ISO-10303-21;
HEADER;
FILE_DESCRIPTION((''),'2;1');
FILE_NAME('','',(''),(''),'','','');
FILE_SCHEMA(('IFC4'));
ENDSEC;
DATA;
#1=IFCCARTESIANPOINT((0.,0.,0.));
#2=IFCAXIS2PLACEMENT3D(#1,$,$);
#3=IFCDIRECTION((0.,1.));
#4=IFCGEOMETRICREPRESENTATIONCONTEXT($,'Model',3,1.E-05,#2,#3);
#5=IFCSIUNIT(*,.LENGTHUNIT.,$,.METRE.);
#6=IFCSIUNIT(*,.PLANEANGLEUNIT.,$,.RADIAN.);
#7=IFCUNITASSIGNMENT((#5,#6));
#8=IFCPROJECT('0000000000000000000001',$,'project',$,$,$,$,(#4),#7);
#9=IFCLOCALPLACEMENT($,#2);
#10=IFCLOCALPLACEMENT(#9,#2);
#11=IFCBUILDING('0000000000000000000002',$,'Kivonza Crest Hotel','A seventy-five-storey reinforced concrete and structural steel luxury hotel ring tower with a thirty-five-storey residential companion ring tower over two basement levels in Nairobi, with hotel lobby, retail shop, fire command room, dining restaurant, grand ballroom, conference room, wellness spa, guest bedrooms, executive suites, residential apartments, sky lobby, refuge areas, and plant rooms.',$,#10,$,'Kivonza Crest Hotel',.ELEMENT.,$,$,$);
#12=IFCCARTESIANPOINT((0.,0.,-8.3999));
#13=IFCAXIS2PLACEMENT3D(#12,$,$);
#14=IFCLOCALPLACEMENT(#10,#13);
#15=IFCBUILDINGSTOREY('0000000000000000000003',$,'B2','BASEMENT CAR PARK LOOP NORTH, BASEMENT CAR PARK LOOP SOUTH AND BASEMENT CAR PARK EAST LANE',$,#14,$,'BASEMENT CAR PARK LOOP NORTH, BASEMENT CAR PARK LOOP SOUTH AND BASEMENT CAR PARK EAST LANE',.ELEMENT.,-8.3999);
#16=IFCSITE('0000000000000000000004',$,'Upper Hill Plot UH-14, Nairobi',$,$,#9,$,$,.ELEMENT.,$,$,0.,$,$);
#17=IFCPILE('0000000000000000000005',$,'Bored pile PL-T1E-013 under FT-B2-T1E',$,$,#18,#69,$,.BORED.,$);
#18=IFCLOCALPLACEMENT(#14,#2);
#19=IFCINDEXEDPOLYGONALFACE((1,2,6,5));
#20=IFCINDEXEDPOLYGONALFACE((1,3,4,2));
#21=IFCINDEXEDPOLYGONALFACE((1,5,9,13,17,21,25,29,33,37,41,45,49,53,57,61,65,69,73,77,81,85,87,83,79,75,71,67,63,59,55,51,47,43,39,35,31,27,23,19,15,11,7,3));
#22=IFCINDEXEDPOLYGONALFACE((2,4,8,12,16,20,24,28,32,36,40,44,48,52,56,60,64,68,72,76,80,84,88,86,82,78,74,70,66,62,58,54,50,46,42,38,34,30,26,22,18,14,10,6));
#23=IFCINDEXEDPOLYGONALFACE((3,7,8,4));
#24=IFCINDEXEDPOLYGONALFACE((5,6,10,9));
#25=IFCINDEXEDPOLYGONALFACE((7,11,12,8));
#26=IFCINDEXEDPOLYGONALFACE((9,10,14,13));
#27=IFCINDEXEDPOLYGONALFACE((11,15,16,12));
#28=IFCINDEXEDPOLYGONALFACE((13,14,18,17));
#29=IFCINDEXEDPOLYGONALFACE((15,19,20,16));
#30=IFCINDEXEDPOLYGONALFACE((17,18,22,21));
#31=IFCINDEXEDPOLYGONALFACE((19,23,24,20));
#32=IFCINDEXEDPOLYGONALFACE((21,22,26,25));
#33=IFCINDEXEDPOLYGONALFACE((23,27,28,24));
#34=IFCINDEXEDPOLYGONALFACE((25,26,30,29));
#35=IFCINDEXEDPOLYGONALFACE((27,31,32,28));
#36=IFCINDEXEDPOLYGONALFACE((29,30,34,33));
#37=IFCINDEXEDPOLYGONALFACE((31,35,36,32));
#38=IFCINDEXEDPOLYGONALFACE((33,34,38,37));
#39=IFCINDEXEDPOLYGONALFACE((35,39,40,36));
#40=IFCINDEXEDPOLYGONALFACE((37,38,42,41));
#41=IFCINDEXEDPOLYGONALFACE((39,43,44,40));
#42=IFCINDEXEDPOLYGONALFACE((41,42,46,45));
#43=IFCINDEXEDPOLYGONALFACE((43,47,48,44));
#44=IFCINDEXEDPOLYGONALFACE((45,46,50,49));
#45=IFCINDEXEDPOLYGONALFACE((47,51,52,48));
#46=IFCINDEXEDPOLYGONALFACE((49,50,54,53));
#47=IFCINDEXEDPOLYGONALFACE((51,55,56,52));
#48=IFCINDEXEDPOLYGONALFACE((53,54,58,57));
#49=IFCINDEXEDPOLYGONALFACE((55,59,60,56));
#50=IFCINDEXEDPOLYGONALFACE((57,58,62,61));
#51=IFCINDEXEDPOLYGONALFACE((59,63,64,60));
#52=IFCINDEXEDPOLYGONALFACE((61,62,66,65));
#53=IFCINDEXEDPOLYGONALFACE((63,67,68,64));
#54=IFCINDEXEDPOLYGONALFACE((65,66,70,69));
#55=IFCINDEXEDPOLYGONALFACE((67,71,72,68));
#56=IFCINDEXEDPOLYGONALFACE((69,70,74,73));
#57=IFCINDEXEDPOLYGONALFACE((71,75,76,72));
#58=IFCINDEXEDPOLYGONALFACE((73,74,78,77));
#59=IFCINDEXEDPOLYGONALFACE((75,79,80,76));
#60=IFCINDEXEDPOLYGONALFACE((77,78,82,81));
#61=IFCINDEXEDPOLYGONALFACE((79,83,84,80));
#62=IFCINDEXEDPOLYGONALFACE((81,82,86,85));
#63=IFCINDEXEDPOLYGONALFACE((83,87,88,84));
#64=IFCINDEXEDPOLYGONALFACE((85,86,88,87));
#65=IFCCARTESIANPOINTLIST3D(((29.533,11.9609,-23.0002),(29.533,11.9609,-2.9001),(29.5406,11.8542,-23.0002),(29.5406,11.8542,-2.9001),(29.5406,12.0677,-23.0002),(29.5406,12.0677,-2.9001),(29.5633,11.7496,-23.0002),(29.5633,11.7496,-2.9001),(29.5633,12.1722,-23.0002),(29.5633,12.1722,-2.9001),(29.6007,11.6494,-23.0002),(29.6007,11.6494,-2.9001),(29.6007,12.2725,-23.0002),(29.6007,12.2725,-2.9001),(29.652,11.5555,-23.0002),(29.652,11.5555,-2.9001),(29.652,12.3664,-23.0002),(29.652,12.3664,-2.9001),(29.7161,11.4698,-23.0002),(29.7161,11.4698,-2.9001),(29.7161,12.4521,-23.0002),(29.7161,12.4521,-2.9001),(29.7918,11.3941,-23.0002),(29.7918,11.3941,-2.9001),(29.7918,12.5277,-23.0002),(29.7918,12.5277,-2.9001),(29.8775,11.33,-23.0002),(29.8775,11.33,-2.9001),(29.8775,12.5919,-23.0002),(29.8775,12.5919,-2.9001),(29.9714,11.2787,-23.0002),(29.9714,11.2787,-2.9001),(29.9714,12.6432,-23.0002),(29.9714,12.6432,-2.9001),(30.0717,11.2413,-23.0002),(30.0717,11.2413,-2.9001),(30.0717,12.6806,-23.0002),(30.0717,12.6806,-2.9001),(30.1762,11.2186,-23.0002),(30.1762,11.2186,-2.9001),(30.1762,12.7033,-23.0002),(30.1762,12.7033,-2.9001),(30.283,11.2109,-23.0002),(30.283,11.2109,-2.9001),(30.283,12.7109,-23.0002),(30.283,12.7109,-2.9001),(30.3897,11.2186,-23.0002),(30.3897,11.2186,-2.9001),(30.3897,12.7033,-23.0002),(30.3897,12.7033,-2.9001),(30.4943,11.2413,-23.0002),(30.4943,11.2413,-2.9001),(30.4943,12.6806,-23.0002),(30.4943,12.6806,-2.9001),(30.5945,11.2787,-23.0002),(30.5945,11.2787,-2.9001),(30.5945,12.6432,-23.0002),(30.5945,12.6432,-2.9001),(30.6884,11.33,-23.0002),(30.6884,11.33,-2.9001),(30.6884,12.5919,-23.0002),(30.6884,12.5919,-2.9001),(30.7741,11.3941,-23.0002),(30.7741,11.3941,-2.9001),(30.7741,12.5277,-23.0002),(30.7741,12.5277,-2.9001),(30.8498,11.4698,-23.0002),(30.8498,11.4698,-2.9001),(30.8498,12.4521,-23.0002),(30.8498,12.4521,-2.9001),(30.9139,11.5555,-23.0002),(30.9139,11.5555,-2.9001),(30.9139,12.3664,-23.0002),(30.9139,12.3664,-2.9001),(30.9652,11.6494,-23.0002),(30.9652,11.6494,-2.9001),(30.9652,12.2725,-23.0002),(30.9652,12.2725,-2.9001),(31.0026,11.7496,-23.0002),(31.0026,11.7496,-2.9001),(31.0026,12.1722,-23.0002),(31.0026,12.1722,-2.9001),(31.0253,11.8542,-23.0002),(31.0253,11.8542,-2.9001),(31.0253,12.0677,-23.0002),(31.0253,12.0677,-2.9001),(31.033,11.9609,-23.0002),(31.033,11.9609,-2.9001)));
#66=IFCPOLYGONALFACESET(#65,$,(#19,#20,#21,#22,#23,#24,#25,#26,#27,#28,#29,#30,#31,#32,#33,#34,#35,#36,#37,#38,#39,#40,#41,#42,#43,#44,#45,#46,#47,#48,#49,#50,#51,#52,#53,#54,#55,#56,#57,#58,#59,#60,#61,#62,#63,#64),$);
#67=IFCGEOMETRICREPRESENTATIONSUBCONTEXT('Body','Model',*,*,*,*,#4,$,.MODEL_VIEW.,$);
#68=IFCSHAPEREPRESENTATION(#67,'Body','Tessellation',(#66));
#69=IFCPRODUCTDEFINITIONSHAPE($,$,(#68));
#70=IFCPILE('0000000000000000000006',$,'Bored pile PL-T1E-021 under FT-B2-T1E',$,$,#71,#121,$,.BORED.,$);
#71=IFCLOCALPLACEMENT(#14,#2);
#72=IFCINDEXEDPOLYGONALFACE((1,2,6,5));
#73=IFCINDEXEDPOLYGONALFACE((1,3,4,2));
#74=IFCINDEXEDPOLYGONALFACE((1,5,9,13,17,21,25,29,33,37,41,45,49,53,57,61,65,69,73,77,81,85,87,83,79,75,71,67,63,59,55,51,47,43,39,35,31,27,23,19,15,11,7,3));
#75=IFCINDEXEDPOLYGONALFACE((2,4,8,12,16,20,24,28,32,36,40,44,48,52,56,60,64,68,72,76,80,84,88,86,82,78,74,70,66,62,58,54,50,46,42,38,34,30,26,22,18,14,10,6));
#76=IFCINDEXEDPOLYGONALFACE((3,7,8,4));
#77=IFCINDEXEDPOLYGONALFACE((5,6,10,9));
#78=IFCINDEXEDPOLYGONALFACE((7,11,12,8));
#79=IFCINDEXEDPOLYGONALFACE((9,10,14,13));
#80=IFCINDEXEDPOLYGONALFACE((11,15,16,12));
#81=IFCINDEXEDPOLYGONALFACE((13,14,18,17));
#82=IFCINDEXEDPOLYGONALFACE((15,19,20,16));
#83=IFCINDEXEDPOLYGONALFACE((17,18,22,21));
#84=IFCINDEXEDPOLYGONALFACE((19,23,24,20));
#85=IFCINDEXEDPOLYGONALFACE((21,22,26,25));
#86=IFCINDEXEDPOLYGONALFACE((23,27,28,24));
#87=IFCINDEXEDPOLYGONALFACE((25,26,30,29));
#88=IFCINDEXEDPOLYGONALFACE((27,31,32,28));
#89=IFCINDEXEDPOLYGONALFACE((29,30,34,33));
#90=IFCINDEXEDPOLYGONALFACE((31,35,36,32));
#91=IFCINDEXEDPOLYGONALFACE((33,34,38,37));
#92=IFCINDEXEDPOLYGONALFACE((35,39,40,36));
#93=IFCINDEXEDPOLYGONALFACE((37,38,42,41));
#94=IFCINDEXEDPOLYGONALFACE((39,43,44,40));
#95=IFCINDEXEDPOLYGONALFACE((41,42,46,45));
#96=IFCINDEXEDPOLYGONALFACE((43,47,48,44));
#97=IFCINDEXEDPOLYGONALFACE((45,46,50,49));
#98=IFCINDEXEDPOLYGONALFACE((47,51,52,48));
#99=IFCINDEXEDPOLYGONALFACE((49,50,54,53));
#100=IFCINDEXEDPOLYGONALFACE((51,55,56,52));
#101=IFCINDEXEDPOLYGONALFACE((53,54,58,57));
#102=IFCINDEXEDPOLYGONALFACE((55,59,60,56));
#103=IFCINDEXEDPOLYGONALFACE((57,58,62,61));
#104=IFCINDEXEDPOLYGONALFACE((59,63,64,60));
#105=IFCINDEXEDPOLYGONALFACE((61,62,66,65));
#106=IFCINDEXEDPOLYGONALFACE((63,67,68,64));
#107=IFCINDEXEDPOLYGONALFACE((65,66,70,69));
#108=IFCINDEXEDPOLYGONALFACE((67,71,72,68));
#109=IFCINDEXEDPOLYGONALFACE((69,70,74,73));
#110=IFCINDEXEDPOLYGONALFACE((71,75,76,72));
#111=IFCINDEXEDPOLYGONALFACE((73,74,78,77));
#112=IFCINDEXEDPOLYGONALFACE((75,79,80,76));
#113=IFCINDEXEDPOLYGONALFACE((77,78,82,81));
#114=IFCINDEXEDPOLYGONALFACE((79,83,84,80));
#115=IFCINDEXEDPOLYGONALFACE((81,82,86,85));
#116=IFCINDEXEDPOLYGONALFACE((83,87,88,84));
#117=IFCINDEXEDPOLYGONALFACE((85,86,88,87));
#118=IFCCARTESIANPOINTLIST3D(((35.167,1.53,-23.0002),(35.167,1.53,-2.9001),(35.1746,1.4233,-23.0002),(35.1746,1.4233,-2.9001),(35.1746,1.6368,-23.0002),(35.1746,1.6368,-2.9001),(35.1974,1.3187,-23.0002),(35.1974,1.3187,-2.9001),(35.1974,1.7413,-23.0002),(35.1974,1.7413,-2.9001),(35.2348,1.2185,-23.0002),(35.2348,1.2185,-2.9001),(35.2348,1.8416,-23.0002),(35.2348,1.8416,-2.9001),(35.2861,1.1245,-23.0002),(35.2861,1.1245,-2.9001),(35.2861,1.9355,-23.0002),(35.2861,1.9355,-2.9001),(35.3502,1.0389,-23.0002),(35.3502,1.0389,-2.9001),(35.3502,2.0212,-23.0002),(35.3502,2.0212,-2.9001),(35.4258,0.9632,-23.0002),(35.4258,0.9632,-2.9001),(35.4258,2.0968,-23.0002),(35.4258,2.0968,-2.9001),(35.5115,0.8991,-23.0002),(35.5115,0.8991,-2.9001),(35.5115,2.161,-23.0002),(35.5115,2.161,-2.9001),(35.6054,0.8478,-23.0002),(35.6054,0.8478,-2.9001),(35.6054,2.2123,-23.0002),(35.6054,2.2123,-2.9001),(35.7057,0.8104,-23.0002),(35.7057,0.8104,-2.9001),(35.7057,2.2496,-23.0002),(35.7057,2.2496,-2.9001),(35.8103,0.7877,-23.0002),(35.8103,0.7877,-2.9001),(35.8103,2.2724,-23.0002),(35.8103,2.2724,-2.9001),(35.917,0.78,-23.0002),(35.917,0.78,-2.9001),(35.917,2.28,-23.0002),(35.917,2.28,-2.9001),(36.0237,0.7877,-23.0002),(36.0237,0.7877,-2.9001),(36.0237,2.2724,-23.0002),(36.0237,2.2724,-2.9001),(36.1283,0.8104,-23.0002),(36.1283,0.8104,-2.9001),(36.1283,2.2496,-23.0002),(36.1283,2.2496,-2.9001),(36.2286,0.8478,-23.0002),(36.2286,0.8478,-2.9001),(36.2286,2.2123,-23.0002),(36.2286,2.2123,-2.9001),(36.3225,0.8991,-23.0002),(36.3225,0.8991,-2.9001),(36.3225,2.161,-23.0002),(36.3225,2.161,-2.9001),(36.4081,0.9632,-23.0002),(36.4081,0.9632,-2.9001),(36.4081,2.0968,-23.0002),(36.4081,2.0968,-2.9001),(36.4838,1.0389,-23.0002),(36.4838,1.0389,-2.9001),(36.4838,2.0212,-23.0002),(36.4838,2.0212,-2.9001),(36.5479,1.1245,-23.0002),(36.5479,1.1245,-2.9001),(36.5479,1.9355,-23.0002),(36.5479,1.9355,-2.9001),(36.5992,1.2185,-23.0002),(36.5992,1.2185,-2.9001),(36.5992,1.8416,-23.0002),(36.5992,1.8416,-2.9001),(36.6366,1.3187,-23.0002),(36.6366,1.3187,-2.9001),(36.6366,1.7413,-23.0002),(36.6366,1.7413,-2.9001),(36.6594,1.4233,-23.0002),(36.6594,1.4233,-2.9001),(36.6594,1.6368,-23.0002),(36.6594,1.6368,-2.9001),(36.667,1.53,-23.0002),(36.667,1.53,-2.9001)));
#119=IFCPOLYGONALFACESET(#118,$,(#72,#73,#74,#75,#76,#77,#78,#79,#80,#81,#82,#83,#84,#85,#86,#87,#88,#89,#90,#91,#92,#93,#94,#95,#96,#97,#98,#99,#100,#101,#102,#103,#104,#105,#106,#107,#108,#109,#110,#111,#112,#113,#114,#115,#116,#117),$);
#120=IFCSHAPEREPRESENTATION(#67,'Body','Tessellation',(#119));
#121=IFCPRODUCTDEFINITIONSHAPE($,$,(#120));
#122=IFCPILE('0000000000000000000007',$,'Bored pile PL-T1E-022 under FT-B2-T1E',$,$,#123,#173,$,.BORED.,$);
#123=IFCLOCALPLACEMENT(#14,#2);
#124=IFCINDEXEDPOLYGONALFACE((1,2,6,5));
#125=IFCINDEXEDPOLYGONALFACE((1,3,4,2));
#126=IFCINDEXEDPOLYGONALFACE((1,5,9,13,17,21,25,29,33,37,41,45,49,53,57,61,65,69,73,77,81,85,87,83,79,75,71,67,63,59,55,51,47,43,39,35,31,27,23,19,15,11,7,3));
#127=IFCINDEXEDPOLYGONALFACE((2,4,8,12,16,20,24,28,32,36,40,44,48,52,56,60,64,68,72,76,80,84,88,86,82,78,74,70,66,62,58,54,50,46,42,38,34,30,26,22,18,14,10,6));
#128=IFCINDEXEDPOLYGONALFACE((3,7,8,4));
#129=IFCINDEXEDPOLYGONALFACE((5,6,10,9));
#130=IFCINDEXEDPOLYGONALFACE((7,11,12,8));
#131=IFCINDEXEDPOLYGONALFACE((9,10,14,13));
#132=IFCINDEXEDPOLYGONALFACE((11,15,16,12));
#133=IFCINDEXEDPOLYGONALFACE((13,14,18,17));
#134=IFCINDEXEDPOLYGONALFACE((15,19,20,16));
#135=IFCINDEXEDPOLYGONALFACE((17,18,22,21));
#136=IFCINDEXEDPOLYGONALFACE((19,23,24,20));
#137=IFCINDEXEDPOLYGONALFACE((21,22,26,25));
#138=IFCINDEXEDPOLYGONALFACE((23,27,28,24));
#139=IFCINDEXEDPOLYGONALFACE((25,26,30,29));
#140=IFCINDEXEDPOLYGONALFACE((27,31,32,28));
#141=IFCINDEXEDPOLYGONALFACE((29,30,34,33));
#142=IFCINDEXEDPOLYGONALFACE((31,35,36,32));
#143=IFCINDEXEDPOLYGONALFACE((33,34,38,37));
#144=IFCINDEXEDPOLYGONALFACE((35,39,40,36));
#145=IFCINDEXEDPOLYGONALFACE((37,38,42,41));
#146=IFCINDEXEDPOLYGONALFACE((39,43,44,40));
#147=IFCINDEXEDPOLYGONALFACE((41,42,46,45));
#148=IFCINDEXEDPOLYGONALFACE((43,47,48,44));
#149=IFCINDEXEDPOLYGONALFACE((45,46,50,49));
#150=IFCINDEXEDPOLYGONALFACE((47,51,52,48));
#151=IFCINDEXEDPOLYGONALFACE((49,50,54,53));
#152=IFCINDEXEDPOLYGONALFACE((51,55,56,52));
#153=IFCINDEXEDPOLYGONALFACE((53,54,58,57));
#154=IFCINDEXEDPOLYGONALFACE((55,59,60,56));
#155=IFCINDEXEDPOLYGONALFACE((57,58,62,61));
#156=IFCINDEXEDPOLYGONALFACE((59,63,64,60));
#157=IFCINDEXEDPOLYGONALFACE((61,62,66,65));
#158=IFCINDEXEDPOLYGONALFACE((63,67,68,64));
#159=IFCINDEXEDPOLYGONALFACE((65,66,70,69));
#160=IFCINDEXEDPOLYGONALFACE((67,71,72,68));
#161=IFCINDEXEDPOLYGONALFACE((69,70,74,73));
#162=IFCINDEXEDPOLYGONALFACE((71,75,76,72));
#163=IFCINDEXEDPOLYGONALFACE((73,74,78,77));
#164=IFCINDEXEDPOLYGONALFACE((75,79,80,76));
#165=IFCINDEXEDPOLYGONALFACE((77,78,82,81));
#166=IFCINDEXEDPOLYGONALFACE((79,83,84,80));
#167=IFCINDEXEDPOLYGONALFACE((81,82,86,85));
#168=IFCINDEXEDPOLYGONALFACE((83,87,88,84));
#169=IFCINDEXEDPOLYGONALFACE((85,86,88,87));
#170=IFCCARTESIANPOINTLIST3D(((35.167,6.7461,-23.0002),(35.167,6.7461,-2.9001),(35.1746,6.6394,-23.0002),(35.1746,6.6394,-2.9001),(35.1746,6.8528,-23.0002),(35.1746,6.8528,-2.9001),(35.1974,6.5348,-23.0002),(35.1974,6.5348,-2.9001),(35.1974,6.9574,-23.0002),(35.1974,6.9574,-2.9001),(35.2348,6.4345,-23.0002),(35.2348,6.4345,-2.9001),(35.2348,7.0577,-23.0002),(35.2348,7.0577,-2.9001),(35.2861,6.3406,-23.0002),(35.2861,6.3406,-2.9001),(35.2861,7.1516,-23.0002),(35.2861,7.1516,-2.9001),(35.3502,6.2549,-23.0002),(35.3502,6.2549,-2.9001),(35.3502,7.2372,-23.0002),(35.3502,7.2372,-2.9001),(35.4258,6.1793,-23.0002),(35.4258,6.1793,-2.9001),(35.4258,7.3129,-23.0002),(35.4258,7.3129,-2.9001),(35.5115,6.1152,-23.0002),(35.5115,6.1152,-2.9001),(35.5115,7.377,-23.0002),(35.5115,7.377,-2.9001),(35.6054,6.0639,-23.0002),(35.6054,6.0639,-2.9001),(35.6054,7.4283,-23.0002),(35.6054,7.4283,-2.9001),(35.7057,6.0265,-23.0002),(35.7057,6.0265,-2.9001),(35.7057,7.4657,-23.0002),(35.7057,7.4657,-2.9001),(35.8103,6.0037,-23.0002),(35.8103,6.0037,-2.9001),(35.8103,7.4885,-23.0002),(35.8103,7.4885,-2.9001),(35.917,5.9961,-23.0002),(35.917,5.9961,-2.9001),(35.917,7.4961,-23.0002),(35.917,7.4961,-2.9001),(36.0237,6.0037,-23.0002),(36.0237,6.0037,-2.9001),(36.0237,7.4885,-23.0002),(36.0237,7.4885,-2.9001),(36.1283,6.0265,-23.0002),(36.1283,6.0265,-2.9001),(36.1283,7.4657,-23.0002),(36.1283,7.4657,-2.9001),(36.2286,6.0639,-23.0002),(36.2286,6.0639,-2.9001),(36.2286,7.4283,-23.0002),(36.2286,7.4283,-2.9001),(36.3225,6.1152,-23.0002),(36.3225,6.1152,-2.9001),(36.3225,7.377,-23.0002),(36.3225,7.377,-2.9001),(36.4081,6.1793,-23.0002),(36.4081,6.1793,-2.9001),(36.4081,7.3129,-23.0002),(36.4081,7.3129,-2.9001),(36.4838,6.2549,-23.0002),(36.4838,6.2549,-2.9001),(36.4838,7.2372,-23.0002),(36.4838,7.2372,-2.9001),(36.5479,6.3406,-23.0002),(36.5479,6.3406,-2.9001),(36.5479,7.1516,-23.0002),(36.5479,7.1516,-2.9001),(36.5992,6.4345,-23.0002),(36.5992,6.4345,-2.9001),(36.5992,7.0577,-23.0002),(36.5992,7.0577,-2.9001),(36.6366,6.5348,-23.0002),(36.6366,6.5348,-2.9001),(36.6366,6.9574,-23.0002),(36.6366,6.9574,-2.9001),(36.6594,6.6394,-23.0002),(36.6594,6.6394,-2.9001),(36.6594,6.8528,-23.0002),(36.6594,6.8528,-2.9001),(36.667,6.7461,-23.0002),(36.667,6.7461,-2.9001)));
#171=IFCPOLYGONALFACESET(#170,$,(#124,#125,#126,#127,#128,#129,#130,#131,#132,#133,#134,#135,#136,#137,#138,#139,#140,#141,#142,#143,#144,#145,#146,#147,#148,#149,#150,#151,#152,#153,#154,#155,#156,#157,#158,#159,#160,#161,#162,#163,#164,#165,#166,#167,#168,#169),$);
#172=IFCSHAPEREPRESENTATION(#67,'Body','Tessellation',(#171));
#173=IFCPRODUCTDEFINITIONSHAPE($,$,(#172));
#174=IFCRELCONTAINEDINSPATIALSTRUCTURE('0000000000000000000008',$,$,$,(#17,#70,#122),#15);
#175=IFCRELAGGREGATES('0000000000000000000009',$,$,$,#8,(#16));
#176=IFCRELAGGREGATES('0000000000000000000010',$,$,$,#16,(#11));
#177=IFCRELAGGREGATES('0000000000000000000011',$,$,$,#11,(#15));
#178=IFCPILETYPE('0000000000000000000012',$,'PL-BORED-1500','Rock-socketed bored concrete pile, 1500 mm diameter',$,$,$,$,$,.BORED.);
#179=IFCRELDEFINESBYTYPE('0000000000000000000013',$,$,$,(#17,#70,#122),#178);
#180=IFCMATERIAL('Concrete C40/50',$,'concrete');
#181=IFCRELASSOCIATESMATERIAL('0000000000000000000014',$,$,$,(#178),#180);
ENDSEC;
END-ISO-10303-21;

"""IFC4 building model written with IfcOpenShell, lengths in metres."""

from ifc_helpers import new_model, si_unit, direction, frame, origin, origin_2d, place, context, subcontext, project, spatial, circle, extrude, material, material_profile, profile_set, type_object, element, save


model = new_model("IFC4")

# Units and contexts
model_context = context("Model", 3, precision=1e-05, world=origin(), true_north=direction((0.0, 1.0)))
body_context = subcontext(model_context, "Body", "Model", "MODEL_VIEW")
ifc_project = project(units=[si_unit("LENGTHUNIT", "METRE"), si_unit("PLANEANGLEUNIT", "RADIAN")], contexts=[model_context])

# Site, building, storey
site_placement = place(None, origin())
site = spatial("IfcSite", under=ifc_project, at=site_placement, Name="Upper Hill Plot UH-14, Nairobi", CompositionType="ELEMENT", RefElevation=0.0)
building_placement = place(site_placement, origin())
building = spatial("IfcBuilding", under=site, at=building_placement, Name="Kivonza Crest Hotel", Description="A seventy-five-storey reinforced concrete and structural steel luxury hotel ring tower with a thirty-five-storey residential companion ring tower over two basement levels in Nairobi, with hotel lobby, retail shop, fire command room, dining restaurant, grand ballroom, conference room, wellness spa, guest bedrooms, executive suites, residential apartments, sky lobby, refuge areas, and plant rooms.", LongName="Kivonza Crest Hotel", CompositionType="ELEMENT")
storey_placement = place(building_placement, frame((0.0, 0.0, -8.3999)))
storey = spatial("IfcBuildingStorey", under=building, at=storey_placement, Name="B2", Description="BASEMENT CAR PARK LOOP NORTH, BASEMENT CAR PARK LOOP SOUTH AND BASEMENT CAR PARK EAST LANE", LongName="BASEMENT CAR PARK LOOP NORTH, BASEMENT CAR PARK LOOP SOUTH AND BASEMENT CAR PARK EAST LANE", CompositionType="ELEMENT", Elevation=-8.3999)

# Piles
ifc_material_1 = material(Name="Concrete C40/50", Category="concrete")
ifc_material_profile_1 = material_profile(ifc_material_1, circle(Radius=0.75, at=origin_2d()), Name="PILE D1500")
ifc_profile_set_1 = profile_set([ifc_material_profile_1], Name="Concrete C40/50")
pile_type = type_object("IfcPileType", Name="PL-BORED-1500", Description="Rock-socketed bored concrete pile, 1500 mm diameter", PredefinedType="BORED", material=ifc_profile_set_1)
for number, where, z_axis, x_axis, name in (
    (1, (30.283, 11.9609, -2.9001), (0.0, 0.0, -1.0), (1.0, 0.0, 0.0), "Bored pile PL-T1E-013 under FT-B2-T1E"),
    (2, (35.917, 1.53, -2.9001), (0.0, 0.0, -1.0), (1.0, 0.0, 0.0), "Bored pile PL-T1E-021 under FT-B2-T1E"),
    (3, (35.917, 6.7461, -2.9001), (0.0, 0.0, -1.0), (1.0, 0.0, 0.0), "Bored pile PL-T1E-022 under FT-B2-T1E"),
):
    element("IfcPile", number, at=place(storey_placement, frame(where, z_axis=z_axis, x_axis=x_axis)), inside=storey, type_object=pile_type, Name=name, PredefinedType="BORED", context=body_context, shape_type="SweptSolid", body=[
        extrude(circle(Radius=0.75, at=origin_2d()), origin(), (0.0, 0.0, 1.0), 20.1001),
    ])

save(model, "model.ifc")
